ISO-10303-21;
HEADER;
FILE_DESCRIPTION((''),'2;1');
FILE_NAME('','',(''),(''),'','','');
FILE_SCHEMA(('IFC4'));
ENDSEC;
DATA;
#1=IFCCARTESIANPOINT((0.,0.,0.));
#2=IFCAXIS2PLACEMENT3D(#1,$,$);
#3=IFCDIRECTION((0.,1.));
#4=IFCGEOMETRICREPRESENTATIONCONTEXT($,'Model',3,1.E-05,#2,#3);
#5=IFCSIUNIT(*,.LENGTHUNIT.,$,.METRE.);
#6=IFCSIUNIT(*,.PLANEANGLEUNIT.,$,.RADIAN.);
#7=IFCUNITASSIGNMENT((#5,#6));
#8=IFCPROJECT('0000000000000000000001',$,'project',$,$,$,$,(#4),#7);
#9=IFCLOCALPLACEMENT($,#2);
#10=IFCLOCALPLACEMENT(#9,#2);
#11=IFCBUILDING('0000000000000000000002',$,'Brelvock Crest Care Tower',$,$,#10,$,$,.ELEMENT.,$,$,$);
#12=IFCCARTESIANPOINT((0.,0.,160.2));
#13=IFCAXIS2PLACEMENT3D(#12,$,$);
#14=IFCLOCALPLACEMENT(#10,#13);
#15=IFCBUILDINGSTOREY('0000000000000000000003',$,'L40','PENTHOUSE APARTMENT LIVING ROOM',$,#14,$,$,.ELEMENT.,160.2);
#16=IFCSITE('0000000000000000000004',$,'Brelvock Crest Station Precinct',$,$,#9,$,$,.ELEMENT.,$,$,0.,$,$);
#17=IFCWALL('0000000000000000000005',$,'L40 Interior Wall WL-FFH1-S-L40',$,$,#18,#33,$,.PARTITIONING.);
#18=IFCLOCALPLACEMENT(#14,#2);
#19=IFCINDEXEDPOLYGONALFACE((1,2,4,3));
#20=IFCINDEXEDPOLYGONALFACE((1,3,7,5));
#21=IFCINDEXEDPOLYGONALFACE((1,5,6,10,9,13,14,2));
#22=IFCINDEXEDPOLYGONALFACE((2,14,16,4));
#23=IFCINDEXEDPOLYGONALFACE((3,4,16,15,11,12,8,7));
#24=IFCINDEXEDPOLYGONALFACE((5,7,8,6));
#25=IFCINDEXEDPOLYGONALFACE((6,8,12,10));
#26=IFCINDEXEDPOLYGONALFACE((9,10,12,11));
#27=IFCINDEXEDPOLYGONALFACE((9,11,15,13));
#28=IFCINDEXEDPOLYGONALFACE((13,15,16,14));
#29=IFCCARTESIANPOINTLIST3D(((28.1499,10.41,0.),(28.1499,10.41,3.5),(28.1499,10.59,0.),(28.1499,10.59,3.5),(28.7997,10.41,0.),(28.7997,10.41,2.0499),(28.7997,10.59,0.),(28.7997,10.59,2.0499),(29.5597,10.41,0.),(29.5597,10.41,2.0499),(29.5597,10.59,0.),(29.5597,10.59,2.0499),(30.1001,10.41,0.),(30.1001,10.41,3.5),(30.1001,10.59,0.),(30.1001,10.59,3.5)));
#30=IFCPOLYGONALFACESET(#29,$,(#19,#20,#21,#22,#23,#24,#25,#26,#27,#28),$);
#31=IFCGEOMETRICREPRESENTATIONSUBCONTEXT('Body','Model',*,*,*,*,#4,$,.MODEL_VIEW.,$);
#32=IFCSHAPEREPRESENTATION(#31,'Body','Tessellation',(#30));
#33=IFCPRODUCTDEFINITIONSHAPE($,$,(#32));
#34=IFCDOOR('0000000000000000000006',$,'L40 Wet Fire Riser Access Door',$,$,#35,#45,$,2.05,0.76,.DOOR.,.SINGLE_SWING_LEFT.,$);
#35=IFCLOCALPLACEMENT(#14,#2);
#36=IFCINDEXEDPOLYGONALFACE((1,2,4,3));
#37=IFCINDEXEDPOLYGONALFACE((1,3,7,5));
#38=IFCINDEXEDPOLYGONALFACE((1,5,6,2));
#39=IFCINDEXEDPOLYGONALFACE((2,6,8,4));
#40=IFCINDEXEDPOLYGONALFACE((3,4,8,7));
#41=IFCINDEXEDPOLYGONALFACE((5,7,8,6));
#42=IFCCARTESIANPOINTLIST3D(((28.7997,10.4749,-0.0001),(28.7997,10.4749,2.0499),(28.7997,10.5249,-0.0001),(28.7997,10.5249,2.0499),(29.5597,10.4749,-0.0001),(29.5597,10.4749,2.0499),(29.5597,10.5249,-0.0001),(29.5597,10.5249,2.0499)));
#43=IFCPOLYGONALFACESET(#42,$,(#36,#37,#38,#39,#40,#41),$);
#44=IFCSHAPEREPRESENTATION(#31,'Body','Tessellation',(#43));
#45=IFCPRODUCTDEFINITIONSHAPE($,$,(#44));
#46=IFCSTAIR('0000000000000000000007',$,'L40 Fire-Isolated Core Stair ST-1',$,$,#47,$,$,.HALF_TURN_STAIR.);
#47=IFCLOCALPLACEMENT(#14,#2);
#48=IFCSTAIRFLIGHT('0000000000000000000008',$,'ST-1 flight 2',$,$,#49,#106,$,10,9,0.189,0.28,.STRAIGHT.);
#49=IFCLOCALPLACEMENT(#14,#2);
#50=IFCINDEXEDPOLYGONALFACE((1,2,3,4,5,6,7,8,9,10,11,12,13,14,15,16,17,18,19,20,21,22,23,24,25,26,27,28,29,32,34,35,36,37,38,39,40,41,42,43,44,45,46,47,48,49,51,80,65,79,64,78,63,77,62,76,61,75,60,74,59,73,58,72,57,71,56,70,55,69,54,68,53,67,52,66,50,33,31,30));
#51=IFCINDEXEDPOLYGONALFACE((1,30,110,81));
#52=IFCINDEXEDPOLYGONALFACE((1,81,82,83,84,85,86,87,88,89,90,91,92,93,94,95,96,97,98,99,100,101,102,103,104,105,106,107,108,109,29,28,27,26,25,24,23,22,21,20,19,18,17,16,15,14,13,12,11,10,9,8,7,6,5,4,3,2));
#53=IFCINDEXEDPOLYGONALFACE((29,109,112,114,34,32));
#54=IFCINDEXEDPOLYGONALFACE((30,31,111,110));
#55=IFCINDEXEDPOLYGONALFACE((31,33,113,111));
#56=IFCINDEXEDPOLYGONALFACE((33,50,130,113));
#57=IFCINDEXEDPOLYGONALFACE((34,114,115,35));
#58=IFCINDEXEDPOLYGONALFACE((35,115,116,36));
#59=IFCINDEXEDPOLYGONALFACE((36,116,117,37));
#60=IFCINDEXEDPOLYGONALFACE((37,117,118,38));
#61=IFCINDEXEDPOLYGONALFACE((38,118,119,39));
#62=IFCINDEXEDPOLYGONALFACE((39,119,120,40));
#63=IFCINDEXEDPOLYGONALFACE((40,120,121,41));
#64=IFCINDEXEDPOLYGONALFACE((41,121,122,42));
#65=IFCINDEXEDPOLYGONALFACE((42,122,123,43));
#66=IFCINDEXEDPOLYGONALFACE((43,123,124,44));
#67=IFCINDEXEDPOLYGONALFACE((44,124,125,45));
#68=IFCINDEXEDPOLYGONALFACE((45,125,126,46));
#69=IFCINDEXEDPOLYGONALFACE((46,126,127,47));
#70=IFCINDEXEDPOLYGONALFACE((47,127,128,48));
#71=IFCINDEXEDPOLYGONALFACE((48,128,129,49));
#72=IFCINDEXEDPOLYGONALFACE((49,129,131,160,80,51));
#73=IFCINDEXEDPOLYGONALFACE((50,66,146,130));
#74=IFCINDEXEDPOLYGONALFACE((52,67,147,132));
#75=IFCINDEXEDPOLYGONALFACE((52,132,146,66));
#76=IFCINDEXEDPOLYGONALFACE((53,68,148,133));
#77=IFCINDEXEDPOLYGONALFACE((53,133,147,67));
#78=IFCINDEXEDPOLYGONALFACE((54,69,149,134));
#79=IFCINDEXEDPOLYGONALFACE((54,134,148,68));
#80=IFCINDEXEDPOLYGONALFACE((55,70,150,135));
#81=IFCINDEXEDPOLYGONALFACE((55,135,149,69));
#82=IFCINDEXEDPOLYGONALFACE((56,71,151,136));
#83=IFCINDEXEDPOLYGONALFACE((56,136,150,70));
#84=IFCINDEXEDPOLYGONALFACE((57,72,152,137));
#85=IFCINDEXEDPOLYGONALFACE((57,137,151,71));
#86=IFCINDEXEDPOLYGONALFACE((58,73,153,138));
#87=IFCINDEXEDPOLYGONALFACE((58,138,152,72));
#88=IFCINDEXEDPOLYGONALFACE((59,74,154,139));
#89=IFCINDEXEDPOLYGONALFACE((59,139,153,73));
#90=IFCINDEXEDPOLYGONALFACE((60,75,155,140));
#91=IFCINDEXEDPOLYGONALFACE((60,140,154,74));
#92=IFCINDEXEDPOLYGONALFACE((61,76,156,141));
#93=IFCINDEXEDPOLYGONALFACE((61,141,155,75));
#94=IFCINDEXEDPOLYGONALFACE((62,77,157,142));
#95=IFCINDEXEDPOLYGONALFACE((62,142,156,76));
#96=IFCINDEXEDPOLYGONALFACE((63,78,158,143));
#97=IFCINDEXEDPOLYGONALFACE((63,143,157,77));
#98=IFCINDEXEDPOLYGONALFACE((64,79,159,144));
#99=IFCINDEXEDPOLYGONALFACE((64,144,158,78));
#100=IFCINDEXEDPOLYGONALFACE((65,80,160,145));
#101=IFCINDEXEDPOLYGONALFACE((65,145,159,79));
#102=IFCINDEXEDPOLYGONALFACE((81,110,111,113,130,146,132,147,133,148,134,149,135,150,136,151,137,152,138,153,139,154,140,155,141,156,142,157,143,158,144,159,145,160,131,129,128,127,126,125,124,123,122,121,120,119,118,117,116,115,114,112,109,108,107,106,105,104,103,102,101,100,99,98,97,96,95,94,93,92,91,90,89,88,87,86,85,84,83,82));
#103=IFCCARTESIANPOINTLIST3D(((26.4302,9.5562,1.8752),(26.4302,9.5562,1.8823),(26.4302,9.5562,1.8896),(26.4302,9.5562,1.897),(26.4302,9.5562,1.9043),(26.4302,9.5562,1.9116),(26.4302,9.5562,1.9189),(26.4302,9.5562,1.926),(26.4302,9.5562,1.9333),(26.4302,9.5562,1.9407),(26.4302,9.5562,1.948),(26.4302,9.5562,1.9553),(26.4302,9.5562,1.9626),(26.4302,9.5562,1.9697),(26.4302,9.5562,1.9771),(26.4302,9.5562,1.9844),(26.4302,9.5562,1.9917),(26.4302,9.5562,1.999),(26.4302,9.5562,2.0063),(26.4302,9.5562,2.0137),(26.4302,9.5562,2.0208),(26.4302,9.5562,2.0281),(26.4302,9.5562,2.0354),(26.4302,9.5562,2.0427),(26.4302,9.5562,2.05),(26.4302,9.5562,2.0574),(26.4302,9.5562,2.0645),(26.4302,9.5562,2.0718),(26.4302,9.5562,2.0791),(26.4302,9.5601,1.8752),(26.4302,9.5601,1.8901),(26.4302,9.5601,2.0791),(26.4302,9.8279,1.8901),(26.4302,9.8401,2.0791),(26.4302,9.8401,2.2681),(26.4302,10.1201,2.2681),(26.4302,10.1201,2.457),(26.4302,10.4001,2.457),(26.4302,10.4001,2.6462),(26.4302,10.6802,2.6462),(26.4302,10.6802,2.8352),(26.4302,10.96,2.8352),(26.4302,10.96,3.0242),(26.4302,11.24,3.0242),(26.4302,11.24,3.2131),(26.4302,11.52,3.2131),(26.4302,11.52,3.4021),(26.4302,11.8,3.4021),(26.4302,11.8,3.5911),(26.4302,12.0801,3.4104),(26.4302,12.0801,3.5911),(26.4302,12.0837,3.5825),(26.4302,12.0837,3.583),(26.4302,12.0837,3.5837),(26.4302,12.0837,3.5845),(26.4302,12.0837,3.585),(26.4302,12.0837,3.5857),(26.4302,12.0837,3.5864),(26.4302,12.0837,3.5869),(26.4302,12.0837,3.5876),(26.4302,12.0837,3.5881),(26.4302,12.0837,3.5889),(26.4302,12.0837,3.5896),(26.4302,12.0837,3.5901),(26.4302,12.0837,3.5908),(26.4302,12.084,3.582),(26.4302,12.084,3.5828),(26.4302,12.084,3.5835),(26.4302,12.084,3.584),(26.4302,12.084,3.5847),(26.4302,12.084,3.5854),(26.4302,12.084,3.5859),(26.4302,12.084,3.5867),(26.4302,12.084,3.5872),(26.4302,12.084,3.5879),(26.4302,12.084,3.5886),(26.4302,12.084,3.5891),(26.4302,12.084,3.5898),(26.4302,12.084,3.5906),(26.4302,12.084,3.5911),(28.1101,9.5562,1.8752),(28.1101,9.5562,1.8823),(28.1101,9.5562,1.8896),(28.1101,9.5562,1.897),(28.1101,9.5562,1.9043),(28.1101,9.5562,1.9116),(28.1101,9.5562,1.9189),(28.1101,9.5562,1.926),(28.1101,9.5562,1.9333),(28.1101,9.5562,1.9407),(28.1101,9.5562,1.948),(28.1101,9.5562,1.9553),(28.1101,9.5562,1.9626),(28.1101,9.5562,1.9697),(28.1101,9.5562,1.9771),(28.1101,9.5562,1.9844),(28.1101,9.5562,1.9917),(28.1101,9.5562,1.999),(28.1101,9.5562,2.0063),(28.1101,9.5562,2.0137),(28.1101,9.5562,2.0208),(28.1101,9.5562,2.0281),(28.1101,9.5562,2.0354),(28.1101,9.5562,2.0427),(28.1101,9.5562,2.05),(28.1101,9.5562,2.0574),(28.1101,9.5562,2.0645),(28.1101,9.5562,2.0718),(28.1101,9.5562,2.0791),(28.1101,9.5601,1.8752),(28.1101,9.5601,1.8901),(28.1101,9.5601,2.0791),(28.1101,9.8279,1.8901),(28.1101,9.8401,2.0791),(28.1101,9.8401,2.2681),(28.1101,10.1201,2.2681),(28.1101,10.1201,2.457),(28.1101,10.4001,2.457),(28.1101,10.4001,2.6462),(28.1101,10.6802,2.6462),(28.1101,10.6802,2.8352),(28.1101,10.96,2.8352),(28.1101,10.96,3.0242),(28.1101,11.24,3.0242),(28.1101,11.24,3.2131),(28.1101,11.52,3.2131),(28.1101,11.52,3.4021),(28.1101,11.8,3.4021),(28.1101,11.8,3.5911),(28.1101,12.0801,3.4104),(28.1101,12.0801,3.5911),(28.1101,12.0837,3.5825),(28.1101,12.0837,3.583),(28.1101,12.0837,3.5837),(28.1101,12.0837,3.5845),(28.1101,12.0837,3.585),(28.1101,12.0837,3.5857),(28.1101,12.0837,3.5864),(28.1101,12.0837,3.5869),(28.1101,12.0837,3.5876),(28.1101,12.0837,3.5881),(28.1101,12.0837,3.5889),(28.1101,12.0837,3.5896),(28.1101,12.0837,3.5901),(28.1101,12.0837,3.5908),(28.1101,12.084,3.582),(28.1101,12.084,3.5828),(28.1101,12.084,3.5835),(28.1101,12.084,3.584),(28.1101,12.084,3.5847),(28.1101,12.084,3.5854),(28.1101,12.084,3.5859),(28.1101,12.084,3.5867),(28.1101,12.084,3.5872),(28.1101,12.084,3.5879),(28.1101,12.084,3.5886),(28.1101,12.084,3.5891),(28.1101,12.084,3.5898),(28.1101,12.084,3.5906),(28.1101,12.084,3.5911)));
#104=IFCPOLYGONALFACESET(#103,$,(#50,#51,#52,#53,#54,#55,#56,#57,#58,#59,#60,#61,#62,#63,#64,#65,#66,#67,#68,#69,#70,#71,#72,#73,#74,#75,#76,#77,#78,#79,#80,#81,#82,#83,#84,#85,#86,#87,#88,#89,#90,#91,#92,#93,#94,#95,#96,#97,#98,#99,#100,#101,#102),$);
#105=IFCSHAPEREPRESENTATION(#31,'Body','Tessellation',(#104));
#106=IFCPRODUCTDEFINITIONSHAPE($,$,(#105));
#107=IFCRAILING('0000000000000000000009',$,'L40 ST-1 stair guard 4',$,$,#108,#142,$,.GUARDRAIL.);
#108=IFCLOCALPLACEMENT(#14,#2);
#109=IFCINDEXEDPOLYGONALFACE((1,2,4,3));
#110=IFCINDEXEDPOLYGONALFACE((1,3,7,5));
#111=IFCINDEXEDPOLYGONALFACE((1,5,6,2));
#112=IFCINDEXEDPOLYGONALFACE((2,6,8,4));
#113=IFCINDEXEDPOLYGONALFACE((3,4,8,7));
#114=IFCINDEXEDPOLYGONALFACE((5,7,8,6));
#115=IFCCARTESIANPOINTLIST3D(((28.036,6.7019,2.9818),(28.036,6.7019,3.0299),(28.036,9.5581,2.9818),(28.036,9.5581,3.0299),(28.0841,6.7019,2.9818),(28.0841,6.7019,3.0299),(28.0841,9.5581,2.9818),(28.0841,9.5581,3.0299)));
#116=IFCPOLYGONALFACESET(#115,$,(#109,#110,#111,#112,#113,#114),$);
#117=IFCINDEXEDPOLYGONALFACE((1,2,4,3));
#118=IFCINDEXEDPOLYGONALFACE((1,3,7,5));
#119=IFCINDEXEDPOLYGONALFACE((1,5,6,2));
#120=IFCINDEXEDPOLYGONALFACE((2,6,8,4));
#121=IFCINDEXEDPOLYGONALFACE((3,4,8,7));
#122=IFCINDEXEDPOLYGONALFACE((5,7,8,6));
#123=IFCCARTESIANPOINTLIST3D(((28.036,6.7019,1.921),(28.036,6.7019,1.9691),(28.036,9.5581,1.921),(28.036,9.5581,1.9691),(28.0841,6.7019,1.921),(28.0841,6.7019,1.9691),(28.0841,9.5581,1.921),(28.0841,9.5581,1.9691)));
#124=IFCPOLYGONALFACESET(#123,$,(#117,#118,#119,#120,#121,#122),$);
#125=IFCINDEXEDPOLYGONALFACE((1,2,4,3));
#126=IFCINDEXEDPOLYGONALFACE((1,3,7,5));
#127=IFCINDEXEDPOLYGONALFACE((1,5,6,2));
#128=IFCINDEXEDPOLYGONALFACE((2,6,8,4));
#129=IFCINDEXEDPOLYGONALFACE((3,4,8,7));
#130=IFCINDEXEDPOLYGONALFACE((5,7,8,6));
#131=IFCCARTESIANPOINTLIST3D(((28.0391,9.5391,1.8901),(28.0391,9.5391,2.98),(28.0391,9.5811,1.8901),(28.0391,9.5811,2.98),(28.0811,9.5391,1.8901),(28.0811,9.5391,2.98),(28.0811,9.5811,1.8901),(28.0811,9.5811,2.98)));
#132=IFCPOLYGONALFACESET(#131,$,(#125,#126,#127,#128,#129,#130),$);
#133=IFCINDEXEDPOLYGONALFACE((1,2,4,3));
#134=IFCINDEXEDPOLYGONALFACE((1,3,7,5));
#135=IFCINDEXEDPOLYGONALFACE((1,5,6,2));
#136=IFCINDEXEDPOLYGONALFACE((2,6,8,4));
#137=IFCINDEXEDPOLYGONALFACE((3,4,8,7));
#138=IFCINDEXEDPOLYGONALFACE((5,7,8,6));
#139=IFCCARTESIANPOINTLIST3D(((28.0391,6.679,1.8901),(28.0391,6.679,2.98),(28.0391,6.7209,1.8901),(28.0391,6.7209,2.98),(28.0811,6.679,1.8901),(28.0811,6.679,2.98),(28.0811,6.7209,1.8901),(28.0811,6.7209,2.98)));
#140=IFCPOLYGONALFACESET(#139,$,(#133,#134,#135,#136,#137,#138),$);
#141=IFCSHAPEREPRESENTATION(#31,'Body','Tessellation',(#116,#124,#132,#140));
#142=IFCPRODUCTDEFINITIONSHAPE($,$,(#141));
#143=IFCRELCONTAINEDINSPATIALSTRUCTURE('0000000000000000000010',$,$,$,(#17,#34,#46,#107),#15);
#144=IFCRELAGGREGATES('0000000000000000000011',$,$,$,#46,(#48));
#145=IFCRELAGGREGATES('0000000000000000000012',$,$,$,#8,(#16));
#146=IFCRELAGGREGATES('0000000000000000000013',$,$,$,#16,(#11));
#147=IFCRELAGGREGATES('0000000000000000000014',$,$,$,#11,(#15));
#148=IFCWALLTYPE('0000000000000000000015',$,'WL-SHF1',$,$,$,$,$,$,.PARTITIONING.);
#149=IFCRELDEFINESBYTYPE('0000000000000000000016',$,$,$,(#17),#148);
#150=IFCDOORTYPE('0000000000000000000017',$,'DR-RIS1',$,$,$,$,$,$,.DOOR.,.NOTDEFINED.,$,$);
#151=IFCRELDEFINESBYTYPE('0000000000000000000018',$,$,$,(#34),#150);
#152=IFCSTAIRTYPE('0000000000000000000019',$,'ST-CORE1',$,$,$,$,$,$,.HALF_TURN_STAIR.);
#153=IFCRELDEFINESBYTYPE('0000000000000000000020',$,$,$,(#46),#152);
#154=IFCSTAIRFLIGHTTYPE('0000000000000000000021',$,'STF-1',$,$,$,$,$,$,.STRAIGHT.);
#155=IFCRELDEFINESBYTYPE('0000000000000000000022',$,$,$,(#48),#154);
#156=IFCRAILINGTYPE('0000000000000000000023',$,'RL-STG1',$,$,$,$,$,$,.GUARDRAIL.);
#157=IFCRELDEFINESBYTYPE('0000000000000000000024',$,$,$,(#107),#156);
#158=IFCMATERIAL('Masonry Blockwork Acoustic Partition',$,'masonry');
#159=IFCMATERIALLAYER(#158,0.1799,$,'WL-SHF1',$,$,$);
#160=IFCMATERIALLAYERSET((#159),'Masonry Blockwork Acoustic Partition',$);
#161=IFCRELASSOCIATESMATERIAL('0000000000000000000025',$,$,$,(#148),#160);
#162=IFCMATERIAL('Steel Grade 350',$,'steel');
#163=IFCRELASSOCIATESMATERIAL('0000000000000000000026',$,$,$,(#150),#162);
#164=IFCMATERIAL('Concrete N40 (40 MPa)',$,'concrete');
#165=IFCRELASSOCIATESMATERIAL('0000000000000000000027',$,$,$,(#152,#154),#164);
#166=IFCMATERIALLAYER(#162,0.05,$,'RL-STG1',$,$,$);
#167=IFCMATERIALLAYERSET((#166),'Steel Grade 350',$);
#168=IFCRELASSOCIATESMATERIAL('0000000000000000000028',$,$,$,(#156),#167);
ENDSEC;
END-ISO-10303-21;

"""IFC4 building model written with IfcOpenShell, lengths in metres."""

from ifc_helpers import new_model, si_unit, direction, frame, frame_2d, origin, origin_2d, place, context, subcontext, project, spatial, polyline, rectangle, outline, extrude, source, transform, mapped, material, layer, layer_set, type_object, element, fill, aggregate, save


model = new_model("IFC4")

# Units and contexts
model_context = context("Model", 3, precision=1e-05, world=origin(), true_north=direction((0.0, 1.0)))
body_context = subcontext(model_context, "Body", "Model", "MODEL_VIEW")
ifc_project = project(units=[si_unit("LENGTHUNIT", "METRE"), si_unit("PLANEANGLEUNIT", "RADIAN")], contexts=[model_context])

# Site, building, storey
site_placement = place(None, origin())
site = spatial("IfcSite", under=ifc_project, at=site_placement, Name="Brelvock Crest Station Precinct", CompositionType="ELEMENT", RefElevation=0.0)
building_placement = place(site_placement, origin())
building = spatial("IfcBuilding", under=site, at=building_placement, Name="Brelvock Crest Care Tower", CompositionType="ELEMENT")
storey_placement = place(building_placement, frame((0.0, 0.0, 160.2)))
storey = spatial("IfcBuildingStorey", under=building, at=storey_placement, Name="L40", Description="PENTHOUSE APARTMENT LIVING ROOM", CompositionType="ELEMENT", Elevation=160.2)

# Shared definitions
ifc_material_1 = material(Name="Steel Grade 350", Category="steel")

# Shared definitions
ifc_material_2 = material(Name="Masonry Blockwork Acoustic Partition", Category="masonry")

# Wall, opening, door
ifc_layer_1 = layer(ifc_material_2, 0.1799, Name="WL-SHF1")
ifc_layer_set_1 = layer_set([ifc_layer_1], Name="Masonry Blockwork Acoustic Partition")
wall_type_1 = type_object("IfcWallType", Name="WL-SHF1", PredefinedType="PARTITIONING", material=ifc_layer_set_1)
wall_1_placement = place(storey_placement, frame((28.1499, 10.5, 0.0), z_axis=(0.0, 0.0, 1.0), x_axis=(1.0, 0.0, 0.0)))
wall_1 = element("IfcWall", 1, at=wall_1_placement, inside=storey, type_object=wall_type_1, Name="L40 Interior Wall WL-FFH1-S-L40", PredefinedType="PARTITIONING", context=body_context, shape_type="SweptSolid", body=[
    extrude(rectangle(XDim=1.9502, YDim=0.1799, at=frame_2d((0.9751, 0.0))), origin(), (0.0, 0.0, 1.0), 3.5),
])
opening_1_placement = place(wall_1_placement, frame((0.6499, 0.0, 0.0)))
opening_1 = element("IfcOpeningElement", 2, at=opening_1_placement, cuts=wall_1, PredefinedType="OPENING", context=body_context, shape_type="SweptSolid", body=[
    extrude(rectangle(XDim=0.76, YDim=2.05, at=origin_2d()), frame((0.3799, 0.1001, 1.0249), z_axis=(0.0, -1.0, 0.0), x_axis=(1.0, 0.0, 0.0)), (0.0, 0.0, 1.0), 0.2),
])
door_type_1 = type_object("IfcDoorType", Name="DR-RIS1", OperationType="NOTDEFINED", PredefinedType="DOOR", material=ifc_material_1)
shared_shape_1 = source(origin(), body_context, "Body", "SweptSolid", [
    extrude(rectangle(XDim=0.76, YDim=2.05, at=origin_2d()), frame((0.3799, 0.0249, 1.0249), z_axis=(0.0, -1.0, 0.0), x_axis=(1.0, 0.0, 0.0)), (0.0, 0.0, 1.0), 0.05),
])
door_1_placement = place(opening_1_placement, origin())
door_1 = element("IfcDoor", 3, at=door_1_placement, inside=storey, type_object=door_type_1, Name="L40 Wet Fire Riser Access Door", OperationType="SINGLE_SWING_LEFT", OverallHeight=2.05, OverallWidth=0.76, PredefinedType="DOOR", context=body_context, shape_type="MappedRepresentation", body=[
    mapped(shared_shape_1, transform((0.0, 0.0, 0.0), x_axis=(1.0, 0.0, 0.0), y_axis=(0.0, 1.0, 0.0), z_axis=(0.0, 0.0, 1.0), scale=1.0)),
])
fill(opening_1, door_1)

# Stair, stair flight
ifc_material_3 = material(Name="Concrete N40 (40 MPa)", Category="concrete")
stair_type = type_object("IfcStairType", Name="ST-CORE1", PredefinedType="HALF_TURN_STAIR", material=ifc_material_3)
stair_placement = place(storey_placement, origin())
stair = element("IfcStair", 4, at=stair_placement, inside=storey, type_object=stair_type, Name="L40 Fire-Isolated Core Stair ST-1", PredefinedType="HALF_TURN_STAIR")
stair_flight_type = type_object("IfcStairFlightType", Name="STF-1", PredefinedType="STRAIGHT", material=ifc_material_3)
stair_flight_placement = place(storey_placement, frame((27.27, 9.5601, 1.8901), z_axis=(0.0, 0.0, 1.0), x_axis=(0.0, 1.0, 0.0)))
stair_flight = element("IfcStairFlight", 5, at=stair_flight_placement, type_object=stair_flight_type, Name="ST-1 flight 2", NumberOfRisers=10, NumberOfTreads=9, PredefinedType="STRAIGHT", RiserHeight=0.189, TreadLength=0.28, context=body_context, shape_type="SweptSolid", body=[
    extrude(outline(polyline([(-0.0039, -0.0149), (-0.0039, -0.0078), (-0.0039, -0.0005), (-0.0039, 0.0068), (-0.0039, 0.0142), (-0.0039, 0.0215), (-0.0039, 0.0288), (-0.0039, 0.0359), (-0.0039, 0.0432), (-0.0039, 0.0505), (-0.0039, 0.0579), (-0.0039, 0.0652), (-0.0039, 0.0725), (-0.0039, 0.0796), (-0.0039, 0.0869), (-0.0039, 0.0942), (-0.0039, 0.1016), (-0.0039, 0.1089), (-0.0039, 0.1162), (-0.0039, 0.1235), (-0.0039, 0.1306), (-0.0039, 0.1379), (-0.0039, 0.1453), (-0.0039, 0.1526), (-0.0039, 0.1599), (-0.0039, 0.1672), (-0.0039, 0.1743), (-0.0039, 0.1816), (-0.0039, 0.189), (0.0, 0.189), (0.28, 0.189), (0.28, 0.3779), (0.5601, 0.3779), (0.5601, 0.5669), (0.8401, 0.5669), (0.8401, 0.7561), (1.1201, 0.7561), (1.1201, 0.9451), (1.3999, 0.9451), (1.3999, 1.134), (1.6799, 1.134), (1.6799, 1.323), (1.96, 1.323), (1.96, 1.512), (2.24, 1.512), (2.24, 1.7009), (2.52, 1.7009), (2.5239, 1.7009), (2.5237, 1.7007), (2.5239, 1.7004), (2.5237, 1.7), (2.5239, 1.6997), (2.5237, 1.6995), (2.5239, 1.699), (2.5237, 1.6987), (2.5239, 1.6985), (2.5237, 1.698), (2.5239, 1.6978), (2.5237, 1.6975), (2.5239, 1.697), (2.5237, 1.6968), (2.5239, 1.6965), (2.5237, 1.6963), (2.5239, 1.6958), (2.5237, 1.6956), (2.5239, 1.6953), (2.5237, 1.6948), (2.5239, 1.6946), (2.5237, 1.6943), (2.5239, 1.6938), (2.5237, 1.6936), (2.5239, 1.6934), (2.5237, 1.6929), (2.5239, 1.6926), (2.5237, 1.6924), (2.5239, 1.6919), (2.52, 1.5203), (0.2678, 0.0), (0.0, 0.0), (0.0, -0.0149), (-0.0039, -0.0149)])), frame((0.0, 0.8398, 0.0), z_axis=(0.0, -1.0, 0.0), x_axis=(1.0, 0.0, 0.0)), (0.0, 0.0, 1.0), 1.6799),
])
aggregate(stair, [stair_flight])

# Railing
ifc_layer_2 = layer(ifc_material_1, 0.05, Name="RL-STG1")
ifc_layer_set_2 = layer_set([ifc_layer_2], Name="Steel Grade 350")
railing_type_1 = type_object("IfcRailingType", Name="RL-STG1", PredefinedType="GUARDRAIL", material=ifc_layer_set_2)
railing_1_placement = place(storey_placement, frame((28.0601, 9.5601, 1.8901)))
element("IfcRailing", 6, at=railing_1_placement, inside=storey, type_object=railing_type_1, Name="L40 ST-1 stair guard 4", PredefinedType="GUARDRAIL", context=body_context, shape_type="SweptSolid", body=[
    extrude(rectangle(XDim=0.0481, YDim=0.0481, at=origin_2d()), frame((0.0, -0.002, 1.1157), z_axis=(0.0, -1.0, 0.0), x_axis=(1.0, 0.0, 0.0)), (0.0, 0.0, 1.0), 2.8562),
    extrude(rectangle(XDim=0.0481, YDim=0.0481, at=origin_2d()), frame((0.0, -0.002, 0.0549), z_axis=(0.0, -1.0, 0.0), x_axis=(1.0, 0.0, 0.0)), (0.0, 0.0, 1.0), 2.8562),
    extrude(rectangle(XDim=0.042, YDim=0.042, at=origin_2d()), origin(), (0.0, 0.0, 1.0), 1.0898),
    extrude(rectangle(XDim=0.042, YDim=0.042, at=origin_2d()), frame((0.0, -2.8601, 0.0)), (0.0, 0.0, 1.0), 1.0898),
])

save(model, "model.ifc")
